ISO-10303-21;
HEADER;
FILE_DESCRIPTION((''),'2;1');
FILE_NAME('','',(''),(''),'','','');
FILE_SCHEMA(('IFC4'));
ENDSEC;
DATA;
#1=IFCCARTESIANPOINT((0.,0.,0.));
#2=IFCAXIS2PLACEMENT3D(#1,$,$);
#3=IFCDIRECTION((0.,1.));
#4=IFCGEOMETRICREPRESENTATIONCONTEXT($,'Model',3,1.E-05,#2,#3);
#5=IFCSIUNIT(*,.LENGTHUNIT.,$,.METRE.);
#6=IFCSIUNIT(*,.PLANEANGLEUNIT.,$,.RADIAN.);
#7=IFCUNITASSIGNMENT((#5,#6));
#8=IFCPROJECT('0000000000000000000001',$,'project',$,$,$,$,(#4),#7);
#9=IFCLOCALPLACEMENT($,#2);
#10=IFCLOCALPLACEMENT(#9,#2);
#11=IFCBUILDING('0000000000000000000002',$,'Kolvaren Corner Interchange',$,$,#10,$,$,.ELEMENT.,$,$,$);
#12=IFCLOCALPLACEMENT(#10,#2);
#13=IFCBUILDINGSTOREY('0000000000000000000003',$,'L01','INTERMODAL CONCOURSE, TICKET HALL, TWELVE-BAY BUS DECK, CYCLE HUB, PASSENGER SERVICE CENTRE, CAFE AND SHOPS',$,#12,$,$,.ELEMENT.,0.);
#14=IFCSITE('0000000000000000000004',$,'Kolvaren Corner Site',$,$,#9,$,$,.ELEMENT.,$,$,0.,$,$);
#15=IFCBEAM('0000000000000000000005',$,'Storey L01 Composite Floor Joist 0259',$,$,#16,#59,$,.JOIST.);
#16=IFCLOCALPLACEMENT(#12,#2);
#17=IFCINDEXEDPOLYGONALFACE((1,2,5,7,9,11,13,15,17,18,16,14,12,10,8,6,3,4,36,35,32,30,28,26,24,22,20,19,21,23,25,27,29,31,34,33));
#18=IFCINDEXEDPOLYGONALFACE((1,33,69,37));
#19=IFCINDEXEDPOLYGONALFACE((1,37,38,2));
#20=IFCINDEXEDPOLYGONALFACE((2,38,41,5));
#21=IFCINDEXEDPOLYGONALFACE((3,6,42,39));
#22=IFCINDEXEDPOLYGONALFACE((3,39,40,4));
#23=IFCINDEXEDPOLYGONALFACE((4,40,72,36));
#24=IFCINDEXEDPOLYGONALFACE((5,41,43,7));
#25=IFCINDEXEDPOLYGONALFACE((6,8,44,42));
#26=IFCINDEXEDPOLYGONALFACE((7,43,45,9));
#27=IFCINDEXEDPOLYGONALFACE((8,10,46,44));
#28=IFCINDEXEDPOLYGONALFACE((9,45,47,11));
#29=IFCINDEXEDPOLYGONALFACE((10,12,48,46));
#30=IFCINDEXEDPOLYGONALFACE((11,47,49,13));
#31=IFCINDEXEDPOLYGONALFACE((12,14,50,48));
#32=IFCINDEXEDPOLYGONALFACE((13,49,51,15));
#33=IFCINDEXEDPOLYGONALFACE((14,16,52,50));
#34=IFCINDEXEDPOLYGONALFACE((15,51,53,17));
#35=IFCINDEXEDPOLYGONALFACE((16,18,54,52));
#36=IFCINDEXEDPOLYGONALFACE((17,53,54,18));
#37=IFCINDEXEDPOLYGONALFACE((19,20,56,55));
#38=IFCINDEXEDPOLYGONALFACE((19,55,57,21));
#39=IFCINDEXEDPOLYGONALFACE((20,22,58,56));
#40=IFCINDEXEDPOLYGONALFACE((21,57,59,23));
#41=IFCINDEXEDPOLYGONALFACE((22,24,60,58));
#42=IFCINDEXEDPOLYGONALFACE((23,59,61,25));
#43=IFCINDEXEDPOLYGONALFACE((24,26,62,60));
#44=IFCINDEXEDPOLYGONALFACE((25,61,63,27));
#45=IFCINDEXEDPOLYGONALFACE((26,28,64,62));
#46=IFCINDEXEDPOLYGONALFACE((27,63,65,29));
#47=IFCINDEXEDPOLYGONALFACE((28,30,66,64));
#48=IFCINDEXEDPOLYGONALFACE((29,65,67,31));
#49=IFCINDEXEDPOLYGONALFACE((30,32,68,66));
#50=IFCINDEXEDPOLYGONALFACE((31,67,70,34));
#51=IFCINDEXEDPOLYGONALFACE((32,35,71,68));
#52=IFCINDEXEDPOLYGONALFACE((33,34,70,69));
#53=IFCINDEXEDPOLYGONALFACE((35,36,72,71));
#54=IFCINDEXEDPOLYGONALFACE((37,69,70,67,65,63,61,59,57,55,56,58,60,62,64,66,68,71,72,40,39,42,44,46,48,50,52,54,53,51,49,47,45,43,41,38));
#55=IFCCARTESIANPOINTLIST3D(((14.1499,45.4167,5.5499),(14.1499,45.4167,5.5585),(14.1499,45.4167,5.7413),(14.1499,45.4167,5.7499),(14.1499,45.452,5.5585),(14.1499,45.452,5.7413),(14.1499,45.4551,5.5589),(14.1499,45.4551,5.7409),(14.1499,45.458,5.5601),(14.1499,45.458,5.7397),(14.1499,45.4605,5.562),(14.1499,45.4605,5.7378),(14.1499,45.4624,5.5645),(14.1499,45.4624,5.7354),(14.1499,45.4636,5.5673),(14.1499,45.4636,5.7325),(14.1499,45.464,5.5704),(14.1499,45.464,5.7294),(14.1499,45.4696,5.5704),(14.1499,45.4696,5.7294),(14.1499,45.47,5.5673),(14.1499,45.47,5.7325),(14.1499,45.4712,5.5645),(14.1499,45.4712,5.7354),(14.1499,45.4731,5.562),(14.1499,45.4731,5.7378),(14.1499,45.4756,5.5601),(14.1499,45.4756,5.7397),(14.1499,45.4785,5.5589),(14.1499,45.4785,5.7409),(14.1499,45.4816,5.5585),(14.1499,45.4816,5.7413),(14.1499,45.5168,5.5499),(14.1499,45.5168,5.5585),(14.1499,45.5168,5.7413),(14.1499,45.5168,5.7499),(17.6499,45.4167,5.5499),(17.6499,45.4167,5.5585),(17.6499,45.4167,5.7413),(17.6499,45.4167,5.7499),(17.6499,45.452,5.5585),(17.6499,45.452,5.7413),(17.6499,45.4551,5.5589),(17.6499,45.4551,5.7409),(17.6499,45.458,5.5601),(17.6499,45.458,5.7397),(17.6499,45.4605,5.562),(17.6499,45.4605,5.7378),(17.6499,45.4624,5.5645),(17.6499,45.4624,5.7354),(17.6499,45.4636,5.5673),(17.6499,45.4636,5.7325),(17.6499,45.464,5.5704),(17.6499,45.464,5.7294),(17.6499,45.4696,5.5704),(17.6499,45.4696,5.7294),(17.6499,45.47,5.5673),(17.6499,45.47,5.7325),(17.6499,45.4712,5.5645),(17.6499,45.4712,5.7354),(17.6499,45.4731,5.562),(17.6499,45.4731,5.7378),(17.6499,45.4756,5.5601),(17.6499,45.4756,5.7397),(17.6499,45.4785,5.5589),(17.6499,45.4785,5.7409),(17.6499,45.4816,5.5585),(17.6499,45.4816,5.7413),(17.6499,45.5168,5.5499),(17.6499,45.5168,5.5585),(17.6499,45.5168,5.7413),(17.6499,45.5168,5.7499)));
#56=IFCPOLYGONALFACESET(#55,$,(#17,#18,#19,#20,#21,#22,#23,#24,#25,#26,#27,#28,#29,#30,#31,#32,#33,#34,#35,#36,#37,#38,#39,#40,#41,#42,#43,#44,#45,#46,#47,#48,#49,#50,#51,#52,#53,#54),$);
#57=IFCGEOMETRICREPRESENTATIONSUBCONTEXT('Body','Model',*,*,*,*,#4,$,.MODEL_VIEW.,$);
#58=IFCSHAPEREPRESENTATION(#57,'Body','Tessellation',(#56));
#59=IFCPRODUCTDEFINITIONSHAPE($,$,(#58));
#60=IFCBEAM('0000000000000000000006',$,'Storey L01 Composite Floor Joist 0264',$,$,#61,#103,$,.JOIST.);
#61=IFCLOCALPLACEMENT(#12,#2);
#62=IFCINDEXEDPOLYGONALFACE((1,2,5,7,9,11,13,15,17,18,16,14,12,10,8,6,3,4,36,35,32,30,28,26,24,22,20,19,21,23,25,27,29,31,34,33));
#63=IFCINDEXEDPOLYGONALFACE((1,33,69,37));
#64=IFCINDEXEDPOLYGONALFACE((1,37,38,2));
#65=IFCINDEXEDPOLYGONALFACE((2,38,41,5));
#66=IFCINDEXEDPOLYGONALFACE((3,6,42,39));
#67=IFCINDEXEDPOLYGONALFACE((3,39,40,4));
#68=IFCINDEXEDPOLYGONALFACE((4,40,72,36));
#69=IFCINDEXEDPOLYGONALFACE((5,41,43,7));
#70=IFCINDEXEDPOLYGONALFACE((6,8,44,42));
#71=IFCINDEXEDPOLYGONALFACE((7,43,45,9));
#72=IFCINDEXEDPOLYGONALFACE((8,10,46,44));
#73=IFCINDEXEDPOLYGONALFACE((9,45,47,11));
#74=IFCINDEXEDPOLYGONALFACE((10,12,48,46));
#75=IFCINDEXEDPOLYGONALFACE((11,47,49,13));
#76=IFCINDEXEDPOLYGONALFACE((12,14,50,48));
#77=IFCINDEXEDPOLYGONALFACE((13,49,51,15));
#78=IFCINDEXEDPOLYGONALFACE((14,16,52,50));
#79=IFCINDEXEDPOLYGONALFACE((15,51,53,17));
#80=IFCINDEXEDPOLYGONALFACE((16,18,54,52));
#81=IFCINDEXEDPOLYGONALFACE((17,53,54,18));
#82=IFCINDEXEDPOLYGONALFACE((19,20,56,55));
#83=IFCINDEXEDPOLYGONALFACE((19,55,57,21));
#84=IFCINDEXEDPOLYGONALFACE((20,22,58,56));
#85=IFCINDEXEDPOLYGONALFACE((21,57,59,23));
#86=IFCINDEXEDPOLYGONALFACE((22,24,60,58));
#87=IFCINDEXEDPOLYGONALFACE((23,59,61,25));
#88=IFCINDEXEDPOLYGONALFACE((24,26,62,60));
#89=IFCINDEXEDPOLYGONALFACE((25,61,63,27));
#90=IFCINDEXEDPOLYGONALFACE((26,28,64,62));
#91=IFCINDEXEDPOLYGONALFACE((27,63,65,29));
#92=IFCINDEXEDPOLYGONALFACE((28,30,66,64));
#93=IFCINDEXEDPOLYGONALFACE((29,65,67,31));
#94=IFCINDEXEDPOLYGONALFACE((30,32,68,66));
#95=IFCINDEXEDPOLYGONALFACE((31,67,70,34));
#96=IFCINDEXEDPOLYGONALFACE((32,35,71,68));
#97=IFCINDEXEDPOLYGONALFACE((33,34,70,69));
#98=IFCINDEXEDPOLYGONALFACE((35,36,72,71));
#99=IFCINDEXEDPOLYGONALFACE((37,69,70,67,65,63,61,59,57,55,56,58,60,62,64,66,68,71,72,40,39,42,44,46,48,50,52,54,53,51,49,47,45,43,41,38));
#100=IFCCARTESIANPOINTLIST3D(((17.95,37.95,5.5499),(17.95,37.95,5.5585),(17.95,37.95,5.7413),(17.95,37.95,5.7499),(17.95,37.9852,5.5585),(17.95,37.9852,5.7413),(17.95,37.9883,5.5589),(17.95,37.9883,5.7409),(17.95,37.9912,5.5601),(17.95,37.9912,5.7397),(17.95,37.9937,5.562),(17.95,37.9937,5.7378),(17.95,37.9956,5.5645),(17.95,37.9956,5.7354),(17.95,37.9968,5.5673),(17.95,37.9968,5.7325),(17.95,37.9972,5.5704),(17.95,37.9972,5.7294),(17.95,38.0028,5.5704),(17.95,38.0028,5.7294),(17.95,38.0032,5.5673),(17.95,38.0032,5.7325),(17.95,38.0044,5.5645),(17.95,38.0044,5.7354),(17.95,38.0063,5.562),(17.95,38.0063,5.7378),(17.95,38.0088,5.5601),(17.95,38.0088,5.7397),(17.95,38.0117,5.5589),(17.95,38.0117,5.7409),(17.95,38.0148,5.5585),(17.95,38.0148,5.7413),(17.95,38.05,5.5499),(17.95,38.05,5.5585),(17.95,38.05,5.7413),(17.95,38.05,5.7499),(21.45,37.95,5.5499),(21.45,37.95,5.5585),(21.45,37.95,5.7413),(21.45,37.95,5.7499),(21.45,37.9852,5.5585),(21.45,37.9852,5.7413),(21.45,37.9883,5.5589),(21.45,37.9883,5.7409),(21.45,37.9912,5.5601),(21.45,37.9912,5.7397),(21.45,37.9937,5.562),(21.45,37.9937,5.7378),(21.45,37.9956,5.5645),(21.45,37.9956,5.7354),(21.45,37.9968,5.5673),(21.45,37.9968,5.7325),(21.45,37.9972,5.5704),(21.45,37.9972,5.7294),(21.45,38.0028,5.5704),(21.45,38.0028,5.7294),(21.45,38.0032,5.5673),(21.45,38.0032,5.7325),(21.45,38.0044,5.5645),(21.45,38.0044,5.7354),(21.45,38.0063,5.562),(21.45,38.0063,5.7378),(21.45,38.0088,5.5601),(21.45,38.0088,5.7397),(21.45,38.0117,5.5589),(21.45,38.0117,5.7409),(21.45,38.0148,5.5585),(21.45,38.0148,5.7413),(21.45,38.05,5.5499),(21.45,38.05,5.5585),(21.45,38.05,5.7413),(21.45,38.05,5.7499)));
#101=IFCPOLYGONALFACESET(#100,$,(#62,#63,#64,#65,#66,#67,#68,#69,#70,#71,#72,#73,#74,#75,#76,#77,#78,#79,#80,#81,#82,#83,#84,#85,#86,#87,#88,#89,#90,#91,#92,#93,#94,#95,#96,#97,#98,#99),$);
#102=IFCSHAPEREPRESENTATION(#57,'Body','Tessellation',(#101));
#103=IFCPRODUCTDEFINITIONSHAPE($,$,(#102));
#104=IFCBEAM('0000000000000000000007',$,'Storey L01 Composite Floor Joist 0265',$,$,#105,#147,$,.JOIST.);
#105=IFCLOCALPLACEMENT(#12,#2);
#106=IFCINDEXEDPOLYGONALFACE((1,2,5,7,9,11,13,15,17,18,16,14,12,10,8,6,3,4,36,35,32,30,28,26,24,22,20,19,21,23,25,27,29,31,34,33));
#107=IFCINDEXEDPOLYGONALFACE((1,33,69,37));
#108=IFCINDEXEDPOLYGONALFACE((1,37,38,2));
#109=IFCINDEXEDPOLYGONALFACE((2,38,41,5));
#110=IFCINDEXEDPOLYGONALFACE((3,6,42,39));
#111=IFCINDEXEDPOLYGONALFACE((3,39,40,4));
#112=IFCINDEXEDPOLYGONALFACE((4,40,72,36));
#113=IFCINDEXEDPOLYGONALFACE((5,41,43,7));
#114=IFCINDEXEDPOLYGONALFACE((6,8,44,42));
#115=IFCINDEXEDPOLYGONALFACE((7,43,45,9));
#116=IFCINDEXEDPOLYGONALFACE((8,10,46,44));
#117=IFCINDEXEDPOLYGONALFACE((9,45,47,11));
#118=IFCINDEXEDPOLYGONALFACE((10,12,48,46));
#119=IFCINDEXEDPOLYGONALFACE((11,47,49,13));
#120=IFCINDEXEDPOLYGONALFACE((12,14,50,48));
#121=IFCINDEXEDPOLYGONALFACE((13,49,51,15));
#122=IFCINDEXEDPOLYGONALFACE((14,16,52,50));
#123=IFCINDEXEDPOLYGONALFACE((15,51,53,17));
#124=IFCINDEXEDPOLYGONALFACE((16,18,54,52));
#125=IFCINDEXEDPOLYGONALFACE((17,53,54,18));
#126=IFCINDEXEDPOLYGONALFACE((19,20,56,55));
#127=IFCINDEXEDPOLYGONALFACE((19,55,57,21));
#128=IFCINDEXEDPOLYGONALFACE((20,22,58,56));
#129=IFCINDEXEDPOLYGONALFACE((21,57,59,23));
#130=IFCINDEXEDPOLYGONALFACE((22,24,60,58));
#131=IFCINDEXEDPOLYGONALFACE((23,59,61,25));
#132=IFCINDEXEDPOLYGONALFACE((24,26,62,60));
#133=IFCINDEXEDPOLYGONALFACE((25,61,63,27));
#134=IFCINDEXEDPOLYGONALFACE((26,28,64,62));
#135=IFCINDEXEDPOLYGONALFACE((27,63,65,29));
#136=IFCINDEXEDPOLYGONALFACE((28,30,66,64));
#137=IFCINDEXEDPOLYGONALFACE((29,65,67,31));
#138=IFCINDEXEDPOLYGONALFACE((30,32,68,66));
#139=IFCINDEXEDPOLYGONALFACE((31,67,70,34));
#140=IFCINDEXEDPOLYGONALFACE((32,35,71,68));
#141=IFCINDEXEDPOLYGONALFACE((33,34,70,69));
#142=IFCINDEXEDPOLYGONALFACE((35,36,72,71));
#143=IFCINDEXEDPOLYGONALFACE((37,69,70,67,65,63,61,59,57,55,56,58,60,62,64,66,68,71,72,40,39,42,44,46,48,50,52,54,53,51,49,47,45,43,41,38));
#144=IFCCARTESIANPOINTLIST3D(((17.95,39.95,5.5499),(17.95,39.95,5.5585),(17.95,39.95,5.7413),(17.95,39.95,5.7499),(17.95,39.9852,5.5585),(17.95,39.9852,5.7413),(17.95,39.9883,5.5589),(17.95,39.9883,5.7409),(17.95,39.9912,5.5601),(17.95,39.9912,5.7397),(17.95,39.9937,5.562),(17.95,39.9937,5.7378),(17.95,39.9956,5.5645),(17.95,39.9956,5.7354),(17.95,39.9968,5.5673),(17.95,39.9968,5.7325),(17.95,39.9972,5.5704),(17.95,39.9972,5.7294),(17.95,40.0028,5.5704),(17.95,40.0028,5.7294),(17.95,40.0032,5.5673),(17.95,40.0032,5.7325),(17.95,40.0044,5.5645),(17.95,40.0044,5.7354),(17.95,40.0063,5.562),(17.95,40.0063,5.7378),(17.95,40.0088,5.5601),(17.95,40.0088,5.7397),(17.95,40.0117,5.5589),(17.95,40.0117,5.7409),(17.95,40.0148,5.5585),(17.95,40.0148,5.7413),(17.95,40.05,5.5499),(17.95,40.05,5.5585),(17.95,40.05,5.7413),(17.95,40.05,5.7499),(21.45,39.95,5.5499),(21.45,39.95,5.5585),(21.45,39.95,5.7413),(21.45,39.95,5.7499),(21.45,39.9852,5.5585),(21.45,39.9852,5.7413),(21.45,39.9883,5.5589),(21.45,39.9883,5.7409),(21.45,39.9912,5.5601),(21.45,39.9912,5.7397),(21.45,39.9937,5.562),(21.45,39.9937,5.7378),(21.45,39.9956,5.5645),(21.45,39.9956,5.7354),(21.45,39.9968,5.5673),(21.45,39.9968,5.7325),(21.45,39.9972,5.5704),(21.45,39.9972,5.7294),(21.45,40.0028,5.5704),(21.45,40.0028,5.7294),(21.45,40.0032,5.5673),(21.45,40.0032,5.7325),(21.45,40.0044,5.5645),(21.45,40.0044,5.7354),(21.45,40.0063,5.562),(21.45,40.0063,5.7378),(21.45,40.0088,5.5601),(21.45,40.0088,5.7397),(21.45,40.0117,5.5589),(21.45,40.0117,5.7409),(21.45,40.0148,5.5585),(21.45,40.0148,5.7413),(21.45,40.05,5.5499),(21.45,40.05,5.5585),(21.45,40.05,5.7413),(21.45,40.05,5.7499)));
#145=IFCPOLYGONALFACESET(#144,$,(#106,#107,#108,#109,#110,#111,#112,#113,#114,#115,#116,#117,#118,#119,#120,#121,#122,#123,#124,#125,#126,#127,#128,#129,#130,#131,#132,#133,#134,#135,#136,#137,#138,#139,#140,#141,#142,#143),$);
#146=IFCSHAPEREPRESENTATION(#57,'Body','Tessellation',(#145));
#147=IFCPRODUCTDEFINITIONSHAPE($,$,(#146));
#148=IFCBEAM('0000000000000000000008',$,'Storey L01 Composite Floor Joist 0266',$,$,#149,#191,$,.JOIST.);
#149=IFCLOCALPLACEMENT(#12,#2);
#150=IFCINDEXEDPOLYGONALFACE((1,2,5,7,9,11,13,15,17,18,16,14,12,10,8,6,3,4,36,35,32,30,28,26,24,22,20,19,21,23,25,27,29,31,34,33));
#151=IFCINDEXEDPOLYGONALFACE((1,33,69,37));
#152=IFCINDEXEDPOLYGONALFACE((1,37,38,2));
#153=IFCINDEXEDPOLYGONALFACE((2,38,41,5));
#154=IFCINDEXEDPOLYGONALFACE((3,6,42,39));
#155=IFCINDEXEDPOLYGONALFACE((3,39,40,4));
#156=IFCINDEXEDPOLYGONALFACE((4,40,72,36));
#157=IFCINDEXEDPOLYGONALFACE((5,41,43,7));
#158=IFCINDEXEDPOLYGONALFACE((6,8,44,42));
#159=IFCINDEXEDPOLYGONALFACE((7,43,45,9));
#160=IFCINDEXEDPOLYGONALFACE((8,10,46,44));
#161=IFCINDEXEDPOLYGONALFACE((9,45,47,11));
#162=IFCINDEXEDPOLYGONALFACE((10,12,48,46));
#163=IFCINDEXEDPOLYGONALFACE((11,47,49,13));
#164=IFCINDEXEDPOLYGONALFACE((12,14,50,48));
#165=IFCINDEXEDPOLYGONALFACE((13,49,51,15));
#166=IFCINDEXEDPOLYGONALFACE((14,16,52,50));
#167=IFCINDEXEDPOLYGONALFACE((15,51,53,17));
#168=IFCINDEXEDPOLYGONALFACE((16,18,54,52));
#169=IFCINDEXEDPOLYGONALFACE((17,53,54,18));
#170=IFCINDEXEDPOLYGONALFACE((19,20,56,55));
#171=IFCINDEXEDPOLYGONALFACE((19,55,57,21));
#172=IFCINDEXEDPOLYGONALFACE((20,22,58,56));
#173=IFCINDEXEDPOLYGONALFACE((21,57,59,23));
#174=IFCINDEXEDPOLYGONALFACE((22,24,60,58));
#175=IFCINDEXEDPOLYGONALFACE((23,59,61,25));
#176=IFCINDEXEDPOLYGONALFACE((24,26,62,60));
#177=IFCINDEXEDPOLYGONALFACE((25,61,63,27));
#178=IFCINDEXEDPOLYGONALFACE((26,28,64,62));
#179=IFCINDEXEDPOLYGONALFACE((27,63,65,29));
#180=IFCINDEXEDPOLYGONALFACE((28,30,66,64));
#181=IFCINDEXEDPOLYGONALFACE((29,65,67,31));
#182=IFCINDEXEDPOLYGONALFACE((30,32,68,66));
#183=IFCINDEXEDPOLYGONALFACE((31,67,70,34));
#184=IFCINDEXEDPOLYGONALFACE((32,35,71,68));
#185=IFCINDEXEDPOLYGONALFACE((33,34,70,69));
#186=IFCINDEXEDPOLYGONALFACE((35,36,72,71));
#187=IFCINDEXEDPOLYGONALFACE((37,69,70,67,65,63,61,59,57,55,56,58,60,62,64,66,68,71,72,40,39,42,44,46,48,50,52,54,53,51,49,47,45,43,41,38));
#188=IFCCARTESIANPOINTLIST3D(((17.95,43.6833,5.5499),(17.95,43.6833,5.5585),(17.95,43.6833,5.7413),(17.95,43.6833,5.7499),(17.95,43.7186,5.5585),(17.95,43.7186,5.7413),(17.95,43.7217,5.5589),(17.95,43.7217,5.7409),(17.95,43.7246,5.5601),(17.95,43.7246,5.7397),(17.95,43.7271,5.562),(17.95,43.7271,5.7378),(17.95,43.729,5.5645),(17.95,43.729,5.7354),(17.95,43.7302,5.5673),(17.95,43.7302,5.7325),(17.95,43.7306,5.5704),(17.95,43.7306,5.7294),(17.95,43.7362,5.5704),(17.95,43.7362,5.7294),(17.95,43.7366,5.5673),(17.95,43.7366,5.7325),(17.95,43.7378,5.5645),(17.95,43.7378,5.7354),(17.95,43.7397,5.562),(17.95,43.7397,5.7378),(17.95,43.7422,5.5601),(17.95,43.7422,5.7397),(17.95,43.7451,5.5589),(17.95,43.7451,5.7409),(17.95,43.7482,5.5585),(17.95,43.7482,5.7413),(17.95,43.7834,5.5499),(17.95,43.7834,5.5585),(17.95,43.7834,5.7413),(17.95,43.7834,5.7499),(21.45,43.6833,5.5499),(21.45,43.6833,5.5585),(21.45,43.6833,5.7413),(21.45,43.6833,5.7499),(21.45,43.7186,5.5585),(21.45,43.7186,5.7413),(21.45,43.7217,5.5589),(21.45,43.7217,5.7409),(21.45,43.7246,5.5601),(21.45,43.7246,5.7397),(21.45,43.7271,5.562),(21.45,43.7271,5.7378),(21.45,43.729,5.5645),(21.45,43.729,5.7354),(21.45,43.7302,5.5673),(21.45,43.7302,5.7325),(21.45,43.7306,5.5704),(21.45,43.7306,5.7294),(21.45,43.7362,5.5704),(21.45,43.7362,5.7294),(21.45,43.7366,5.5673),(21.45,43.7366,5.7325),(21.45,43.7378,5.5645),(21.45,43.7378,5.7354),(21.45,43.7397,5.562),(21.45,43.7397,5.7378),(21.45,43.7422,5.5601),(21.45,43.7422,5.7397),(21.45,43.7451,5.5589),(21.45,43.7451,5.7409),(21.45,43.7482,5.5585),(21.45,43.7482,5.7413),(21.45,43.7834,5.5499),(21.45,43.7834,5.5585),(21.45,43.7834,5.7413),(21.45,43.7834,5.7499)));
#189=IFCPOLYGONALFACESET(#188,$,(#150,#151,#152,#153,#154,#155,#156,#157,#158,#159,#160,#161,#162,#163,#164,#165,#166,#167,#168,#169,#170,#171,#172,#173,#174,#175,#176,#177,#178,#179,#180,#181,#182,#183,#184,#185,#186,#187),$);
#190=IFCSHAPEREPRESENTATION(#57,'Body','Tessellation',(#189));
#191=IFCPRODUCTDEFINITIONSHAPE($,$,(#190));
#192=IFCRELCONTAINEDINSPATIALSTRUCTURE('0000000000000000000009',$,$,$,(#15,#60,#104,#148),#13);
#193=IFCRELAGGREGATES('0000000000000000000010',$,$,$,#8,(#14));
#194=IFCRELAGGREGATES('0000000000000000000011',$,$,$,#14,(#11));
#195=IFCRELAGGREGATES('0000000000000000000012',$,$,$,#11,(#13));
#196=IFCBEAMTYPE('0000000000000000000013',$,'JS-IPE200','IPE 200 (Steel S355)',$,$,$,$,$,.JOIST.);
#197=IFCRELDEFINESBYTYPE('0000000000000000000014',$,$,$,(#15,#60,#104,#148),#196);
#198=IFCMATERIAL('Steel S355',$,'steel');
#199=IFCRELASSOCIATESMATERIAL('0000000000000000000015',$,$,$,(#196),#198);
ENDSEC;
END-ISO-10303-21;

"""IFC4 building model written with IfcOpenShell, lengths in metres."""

from ifc_helpers import new_model, si_unit, direction, frame, origin, origin_2d, place, context, subcontext, project, spatial, i_section, extrude, material, material_profile, profile_set, type_object, element, save


model = new_model("IFC4")

# Units and contexts
model_context = context("Model", 3, precision=1e-05, world=origin(), true_north=direction((0.0, 1.0)))
body_context = subcontext(model_context, "Body", "Model", "MODEL_VIEW")
ifc_project = project(units=[si_unit("LENGTHUNIT", "METRE"), si_unit("PLANEANGLEUNIT", "RADIAN")], contexts=[model_context])

# Site, building, storey
site_placement = place(None, origin())
site = spatial("IfcSite", under=ifc_project, at=site_placement, Name="Kolvaren Corner Site", CompositionType="ELEMENT", RefElevation=0.0)
building_placement = place(site_placement, origin())
building = spatial("IfcBuilding", under=site, at=building_placement, Name="Kolvaren Corner Interchange", CompositionType="ELEMENT")
storey_placement = place(building_placement, origin())
storey = spatial("IfcBuildingStorey", under=building, at=storey_placement, Name="L01", Description="INTERMODAL CONCOURSE, TICKET HALL, TWELVE-BAY BUS DECK, CYCLE HUB, PASSENGER SERVICE CENTRE, CAFE AND SHOPS", CompositionType="ELEMENT", Elevation=0.0)

# Beams
ifc_material_1 = material(Name="Steel S355", Category="steel")
ifc_material_profile_1 = material_profile(ifc_material_1, i_section(OverallWidth=0.1001, OverallDepth=0.2, WebThickness=0.0056, FlangeThickness=0.0085, FilletRadius=0.012, at=origin_2d()), Name="IPE 200")
ifc_profile_set_1 = profile_set([ifc_material_profile_1], Name="Steel S355")
beam_type_1 = type_object("IfcBeamType", Name="JS-IPE200", Description="IPE 200 (Steel S355)", PredefinedType="JOIST", material=ifc_profile_set_1)
for number, where, z_axis, x_axis, name in (
    (1, (14.1499, 45.4668, 5.6499), (1.0, 0.0, 0.0), (0.0, 1.0, 0.0), "Storey L01 Composite Floor Joist 0259"),
    (2, (17.95, 38.0, 5.6499), (1.0, 0.0, 0.0), (0.0, 1.0, 0.0), "Storey L01 Composite Floor Joist 0264"),
    (3, (17.95, 40.0, 5.6499), (1.0, 0.0, 0.0), (0.0, 1.0, 0.0), "Storey L01 Composite Floor Joist 0265"),
    (4, (17.95, 43.7334, 5.6499), (1.0, 0.0, 0.0), (0.0, 1.0, 0.0), "Storey L01 Composite Floor Joist 0266"),
):
    element("IfcBeam", number, at=place(storey_placement, frame(where, z_axis=z_axis, x_axis=x_axis)), inside=storey, type_object=beam_type_1, Name=name, PredefinedType="JOIST", context=body_context, shape_type="SweptSolid", body=[
        extrude(i_section(OverallWidth=0.1001, OverallDepth=0.2, WebThickness=0.0056, FlangeThickness=0.0085, FilletRadius=0.012, at=origin_2d()), origin(), (0.0, 0.0, 1.0), 3.5),
    ])

save(model, "model.ifc")
